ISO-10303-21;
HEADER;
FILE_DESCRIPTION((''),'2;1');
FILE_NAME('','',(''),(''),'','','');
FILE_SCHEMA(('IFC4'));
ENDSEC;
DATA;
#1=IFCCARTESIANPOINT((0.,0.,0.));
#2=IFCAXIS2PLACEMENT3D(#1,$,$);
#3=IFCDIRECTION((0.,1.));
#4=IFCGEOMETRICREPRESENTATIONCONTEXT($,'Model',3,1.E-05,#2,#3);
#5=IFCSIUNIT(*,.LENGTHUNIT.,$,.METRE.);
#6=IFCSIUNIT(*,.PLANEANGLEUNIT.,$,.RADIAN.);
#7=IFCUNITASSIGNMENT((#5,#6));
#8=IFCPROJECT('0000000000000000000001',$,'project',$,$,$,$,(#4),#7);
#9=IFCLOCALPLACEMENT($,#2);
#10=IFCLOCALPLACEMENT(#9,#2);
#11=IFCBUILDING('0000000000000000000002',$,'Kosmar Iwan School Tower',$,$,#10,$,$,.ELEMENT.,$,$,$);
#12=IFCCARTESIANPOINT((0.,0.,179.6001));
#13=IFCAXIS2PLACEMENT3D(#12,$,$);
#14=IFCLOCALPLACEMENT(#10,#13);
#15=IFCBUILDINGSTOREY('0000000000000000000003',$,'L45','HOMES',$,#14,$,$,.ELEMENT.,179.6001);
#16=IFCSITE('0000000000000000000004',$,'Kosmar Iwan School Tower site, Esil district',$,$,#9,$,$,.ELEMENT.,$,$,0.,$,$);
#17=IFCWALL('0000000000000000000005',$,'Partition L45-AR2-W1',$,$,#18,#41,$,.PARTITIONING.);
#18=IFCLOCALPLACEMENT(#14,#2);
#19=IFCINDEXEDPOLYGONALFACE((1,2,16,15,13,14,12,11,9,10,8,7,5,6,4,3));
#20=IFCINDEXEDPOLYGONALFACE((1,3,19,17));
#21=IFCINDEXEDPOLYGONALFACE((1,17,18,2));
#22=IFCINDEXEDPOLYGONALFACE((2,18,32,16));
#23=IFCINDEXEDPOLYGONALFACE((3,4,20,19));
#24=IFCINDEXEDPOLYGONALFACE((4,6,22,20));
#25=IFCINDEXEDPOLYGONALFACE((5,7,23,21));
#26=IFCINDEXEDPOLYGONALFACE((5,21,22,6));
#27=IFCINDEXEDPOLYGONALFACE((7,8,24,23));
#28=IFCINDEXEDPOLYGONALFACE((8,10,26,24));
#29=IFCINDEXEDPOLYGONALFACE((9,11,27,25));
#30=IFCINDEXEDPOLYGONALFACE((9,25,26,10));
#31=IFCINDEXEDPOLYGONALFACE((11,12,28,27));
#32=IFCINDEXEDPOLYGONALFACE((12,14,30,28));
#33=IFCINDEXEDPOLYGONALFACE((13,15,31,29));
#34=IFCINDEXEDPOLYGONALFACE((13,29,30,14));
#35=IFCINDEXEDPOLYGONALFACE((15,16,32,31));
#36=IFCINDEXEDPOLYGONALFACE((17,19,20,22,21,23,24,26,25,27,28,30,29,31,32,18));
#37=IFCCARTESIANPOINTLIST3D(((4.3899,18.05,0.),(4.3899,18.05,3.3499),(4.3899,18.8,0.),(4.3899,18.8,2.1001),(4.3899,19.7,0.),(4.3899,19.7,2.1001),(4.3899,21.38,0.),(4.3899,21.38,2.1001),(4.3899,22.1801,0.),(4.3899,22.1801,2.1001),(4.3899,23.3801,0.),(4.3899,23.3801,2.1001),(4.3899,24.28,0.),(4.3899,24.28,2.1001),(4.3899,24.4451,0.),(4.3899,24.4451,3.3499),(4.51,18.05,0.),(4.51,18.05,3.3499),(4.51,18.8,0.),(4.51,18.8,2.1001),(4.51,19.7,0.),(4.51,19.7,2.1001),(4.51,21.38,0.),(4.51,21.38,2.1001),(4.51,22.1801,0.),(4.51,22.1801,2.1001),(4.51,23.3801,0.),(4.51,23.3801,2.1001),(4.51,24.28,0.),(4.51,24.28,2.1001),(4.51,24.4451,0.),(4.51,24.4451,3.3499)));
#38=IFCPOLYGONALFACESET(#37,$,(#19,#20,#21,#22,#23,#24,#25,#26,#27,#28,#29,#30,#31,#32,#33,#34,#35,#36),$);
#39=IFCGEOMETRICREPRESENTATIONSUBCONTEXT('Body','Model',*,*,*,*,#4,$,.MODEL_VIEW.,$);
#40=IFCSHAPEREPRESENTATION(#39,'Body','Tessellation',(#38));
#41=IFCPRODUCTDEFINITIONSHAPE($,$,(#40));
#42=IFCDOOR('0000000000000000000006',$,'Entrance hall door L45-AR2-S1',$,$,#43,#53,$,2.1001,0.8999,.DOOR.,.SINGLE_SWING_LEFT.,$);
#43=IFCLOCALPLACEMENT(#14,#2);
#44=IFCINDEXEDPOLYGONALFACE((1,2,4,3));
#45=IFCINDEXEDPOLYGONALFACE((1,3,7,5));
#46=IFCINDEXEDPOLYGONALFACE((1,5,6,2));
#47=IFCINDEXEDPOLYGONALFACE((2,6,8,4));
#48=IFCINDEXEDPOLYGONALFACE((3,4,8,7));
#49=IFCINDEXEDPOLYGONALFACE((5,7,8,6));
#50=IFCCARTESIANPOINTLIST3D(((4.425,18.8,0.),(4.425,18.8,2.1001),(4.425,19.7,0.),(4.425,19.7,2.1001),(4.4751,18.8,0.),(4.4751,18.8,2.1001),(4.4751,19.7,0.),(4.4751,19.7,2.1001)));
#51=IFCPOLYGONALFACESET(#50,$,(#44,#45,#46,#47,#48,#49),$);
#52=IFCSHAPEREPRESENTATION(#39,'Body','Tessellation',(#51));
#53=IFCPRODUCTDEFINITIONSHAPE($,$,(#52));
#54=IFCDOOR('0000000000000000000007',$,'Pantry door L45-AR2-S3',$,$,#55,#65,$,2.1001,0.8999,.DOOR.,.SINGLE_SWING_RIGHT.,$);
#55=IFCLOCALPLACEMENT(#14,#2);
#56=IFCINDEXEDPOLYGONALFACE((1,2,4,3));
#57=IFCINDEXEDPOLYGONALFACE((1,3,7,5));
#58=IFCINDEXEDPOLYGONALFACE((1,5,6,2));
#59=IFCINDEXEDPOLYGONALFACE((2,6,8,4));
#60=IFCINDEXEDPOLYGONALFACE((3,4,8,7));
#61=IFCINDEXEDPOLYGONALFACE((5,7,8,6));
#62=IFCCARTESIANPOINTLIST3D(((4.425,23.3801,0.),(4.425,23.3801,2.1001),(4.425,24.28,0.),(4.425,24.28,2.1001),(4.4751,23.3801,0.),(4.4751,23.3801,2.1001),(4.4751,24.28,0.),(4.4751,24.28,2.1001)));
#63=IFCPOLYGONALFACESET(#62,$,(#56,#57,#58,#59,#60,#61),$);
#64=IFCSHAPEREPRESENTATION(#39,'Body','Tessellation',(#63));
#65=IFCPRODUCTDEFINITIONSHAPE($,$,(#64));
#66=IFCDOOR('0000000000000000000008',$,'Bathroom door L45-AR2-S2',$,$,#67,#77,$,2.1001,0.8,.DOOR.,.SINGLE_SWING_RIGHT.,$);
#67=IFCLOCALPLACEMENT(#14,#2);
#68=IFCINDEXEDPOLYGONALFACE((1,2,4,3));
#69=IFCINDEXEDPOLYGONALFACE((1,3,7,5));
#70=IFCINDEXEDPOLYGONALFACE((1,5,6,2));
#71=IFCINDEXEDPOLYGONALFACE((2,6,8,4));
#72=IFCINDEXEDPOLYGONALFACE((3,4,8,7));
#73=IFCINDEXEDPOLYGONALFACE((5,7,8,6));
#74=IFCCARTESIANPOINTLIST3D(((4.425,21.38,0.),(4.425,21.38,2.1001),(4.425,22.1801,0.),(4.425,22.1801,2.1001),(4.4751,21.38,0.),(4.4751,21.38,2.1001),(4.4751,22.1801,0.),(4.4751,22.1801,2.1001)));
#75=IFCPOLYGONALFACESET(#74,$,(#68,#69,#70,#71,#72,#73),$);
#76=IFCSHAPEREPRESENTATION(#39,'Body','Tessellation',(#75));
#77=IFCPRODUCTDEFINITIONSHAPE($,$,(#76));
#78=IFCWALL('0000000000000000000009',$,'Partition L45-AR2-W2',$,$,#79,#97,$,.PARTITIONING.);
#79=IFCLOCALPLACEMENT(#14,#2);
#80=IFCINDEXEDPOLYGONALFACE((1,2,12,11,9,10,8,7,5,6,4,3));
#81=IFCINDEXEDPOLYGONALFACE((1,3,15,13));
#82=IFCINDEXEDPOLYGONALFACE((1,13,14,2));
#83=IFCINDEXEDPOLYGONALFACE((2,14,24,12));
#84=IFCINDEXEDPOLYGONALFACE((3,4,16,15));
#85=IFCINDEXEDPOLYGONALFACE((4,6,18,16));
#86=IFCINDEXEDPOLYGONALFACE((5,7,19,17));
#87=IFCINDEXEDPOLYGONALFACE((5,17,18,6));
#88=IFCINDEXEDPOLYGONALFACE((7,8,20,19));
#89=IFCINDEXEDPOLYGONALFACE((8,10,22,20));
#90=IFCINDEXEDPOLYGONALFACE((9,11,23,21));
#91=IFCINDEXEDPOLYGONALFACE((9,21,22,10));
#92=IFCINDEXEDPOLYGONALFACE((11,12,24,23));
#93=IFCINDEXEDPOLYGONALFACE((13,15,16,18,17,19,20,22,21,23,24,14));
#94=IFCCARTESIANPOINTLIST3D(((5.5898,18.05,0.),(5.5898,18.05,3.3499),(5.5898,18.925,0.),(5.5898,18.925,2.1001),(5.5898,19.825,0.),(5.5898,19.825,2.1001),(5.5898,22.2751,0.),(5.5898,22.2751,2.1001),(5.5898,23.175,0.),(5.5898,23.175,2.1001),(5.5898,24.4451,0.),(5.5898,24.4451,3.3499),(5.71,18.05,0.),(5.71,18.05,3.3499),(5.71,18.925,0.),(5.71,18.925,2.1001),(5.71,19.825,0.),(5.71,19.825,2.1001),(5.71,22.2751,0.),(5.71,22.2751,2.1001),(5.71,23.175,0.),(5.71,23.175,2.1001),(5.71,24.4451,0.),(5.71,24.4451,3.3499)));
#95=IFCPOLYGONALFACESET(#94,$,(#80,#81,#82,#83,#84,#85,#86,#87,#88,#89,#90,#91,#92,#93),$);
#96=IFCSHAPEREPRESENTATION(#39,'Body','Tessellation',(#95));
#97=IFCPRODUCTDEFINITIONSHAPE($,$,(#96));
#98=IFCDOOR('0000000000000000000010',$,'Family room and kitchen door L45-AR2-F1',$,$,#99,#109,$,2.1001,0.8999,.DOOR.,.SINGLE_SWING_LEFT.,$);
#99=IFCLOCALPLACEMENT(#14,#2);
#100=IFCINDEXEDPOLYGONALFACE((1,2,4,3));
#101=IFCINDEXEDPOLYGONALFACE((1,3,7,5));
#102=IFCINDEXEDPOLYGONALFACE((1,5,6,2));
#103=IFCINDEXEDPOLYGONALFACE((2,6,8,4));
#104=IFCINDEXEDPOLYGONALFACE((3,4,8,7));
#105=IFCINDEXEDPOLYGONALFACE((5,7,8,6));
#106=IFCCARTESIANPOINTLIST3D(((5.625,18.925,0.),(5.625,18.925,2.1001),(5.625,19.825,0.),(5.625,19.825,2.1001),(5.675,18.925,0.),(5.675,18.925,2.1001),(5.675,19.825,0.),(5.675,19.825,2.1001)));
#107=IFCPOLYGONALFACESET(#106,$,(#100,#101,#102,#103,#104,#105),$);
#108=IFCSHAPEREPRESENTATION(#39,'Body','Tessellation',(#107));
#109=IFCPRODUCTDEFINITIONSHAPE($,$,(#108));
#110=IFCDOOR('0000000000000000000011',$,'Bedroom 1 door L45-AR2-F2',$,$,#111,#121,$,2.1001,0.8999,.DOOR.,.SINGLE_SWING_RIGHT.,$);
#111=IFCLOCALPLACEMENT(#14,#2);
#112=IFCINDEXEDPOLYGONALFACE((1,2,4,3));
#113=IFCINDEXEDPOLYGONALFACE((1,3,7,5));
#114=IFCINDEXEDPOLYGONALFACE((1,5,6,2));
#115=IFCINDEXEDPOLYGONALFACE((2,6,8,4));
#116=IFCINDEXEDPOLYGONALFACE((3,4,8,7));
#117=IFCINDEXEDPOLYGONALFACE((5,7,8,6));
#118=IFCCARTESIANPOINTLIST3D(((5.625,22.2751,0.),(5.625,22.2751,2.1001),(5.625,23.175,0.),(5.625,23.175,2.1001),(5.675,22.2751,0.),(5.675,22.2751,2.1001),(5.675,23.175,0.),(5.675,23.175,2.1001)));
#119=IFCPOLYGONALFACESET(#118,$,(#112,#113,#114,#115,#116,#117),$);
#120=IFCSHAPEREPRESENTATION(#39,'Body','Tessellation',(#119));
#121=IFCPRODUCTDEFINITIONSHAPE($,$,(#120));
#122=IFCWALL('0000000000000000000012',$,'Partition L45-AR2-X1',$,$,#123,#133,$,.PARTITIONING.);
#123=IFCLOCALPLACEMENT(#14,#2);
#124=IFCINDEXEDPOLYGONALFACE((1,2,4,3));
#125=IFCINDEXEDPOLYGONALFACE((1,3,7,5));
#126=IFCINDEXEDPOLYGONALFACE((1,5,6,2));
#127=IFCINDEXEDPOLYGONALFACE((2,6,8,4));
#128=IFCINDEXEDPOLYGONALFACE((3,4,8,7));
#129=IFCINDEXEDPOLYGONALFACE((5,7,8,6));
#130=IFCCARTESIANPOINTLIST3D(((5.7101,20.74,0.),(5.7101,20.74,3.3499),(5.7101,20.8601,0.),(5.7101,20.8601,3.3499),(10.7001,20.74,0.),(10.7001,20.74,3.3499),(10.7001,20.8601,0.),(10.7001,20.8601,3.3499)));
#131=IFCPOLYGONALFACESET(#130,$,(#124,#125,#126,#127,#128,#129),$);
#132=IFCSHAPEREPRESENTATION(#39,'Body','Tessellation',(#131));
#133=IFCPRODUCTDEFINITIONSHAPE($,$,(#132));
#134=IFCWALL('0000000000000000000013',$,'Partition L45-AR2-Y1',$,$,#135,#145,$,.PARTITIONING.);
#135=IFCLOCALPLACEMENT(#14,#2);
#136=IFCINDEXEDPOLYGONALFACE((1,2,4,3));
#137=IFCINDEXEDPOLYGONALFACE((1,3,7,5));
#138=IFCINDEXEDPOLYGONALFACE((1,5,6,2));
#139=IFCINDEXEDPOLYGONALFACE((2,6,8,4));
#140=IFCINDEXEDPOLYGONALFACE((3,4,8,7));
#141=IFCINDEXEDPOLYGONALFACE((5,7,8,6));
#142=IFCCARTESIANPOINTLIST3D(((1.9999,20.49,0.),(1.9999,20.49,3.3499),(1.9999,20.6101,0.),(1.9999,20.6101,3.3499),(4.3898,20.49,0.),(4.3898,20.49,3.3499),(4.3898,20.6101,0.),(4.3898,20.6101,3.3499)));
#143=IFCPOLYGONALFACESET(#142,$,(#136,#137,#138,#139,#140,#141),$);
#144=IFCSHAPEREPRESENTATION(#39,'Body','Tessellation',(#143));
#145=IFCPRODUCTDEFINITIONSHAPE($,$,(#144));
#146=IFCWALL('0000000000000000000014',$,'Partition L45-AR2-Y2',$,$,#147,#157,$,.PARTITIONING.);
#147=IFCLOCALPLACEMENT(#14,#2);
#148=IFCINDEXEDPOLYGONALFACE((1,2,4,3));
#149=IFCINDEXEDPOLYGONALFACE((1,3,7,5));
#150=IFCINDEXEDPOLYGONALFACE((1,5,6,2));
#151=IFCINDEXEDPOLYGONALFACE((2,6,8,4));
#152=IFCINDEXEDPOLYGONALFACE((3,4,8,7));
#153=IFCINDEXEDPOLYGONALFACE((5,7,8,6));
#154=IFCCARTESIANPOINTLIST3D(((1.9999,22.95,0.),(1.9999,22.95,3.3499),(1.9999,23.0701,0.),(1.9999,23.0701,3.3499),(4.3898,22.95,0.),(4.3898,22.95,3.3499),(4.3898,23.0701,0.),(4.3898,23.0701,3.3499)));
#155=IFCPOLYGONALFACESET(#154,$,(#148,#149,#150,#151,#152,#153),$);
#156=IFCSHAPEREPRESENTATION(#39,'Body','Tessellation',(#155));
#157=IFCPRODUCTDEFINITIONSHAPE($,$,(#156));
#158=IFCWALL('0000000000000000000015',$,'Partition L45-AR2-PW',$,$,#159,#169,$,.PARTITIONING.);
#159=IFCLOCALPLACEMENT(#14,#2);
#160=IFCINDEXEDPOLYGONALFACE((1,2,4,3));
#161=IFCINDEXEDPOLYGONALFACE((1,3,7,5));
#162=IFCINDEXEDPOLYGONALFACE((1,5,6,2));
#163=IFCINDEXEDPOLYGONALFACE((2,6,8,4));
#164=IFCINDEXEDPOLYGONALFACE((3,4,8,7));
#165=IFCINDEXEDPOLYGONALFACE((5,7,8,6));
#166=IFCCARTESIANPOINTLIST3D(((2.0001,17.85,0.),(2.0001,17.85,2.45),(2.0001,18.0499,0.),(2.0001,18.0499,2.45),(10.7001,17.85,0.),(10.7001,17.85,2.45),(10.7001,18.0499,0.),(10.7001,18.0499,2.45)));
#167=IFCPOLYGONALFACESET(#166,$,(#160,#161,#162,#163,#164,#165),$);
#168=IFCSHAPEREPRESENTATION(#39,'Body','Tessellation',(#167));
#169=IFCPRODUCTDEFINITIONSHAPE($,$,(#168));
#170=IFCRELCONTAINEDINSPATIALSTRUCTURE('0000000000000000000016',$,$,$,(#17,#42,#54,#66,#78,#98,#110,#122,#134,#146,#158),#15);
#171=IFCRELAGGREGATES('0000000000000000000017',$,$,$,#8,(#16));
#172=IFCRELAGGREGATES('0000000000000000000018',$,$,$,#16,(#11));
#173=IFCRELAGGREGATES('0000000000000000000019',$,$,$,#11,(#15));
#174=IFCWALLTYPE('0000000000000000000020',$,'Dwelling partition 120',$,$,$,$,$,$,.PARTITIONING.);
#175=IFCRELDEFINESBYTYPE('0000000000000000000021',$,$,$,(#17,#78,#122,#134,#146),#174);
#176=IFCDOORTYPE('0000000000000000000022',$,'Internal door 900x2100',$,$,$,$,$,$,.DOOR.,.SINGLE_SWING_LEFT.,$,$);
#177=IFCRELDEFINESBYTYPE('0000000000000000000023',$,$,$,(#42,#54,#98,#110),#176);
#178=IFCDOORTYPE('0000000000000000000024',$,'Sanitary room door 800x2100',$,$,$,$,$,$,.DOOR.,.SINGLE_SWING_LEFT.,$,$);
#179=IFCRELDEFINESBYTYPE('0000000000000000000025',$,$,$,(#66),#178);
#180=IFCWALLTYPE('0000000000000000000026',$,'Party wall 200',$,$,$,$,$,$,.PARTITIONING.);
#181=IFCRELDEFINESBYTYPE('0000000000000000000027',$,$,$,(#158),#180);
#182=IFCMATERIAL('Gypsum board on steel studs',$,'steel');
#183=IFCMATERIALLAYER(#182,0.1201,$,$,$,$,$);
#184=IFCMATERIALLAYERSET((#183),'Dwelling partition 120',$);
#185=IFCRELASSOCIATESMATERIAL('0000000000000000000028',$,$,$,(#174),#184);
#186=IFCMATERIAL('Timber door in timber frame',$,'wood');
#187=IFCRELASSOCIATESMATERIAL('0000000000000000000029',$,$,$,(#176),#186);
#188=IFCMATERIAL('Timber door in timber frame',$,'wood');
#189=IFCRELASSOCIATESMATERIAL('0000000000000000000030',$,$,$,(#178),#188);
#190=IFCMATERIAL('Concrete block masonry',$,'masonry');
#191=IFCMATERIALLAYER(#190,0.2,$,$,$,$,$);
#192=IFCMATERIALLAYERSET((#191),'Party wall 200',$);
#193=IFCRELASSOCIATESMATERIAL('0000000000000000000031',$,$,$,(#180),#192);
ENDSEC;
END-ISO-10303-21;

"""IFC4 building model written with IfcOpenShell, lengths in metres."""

from ifc_helpers import new_model, si_unit, direction, frame, frame_2d, origin, place, context, subcontext, project, spatial, rectangle, extrude, material, layer, layer_set, type_object, element, fill, save


model = new_model("IFC4")

# Units and contexts
model_context = context("Model", 3, precision=1e-05, world=origin(), true_north=direction((0.0, 1.0)))
body_context = subcontext(model_context, "Body", "Model", "MODEL_VIEW")
ifc_project = project(units=[si_unit("LENGTHUNIT", "METRE"), si_unit("PLANEANGLEUNIT", "RADIAN")], contexts=[model_context])

# Site, building, storey
site_placement = place(None, origin())
site = spatial("IfcSite", under=ifc_project, at=site_placement, Name="Kosmar Iwan School Tower site, Esil district", CompositionType="ELEMENT", RefElevation=0.0)
building_placement = place(site_placement, origin())
building = spatial("IfcBuilding", under=site, at=building_placement, Name="Kosmar Iwan School Tower", CompositionType="ELEMENT")
storey_placement = place(building_placement, frame((0.0, 0.0, 179.6001)))
storey = spatial("IfcBuildingStorey", under=building, at=storey_placement, Name="L45", Description="HOMES", CompositionType="ELEMENT", Elevation=179.6001)

# Shared definitions
ifc_material_1 = material(Name="Gypsum board on steel studs", Category="steel")
ifc_layer_1 = layer(ifc_material_1, 0.1201)
ifc_layer_set_1 = layer_set([ifc_layer_1], Name="Dwelling partition 120")
wall_type_1 = type_object("IfcWallType", Name="Dwelling partition 120", PredefinedType="PARTITIONING", material=ifc_layer_set_1)

# Walls, openings, doors
wall_1_placement = place(storey_placement, frame((4.45, 18.05, 0.0), z_axis=(0.0, 0.0, 1.0), x_axis=(0.0, 1.0, 0.0)))
wall_1 = element("IfcWall", 1, at=wall_1_placement, inside=storey, type_object=wall_type_1, Name="Partition L45-AR2-W1", PredefinedType="PARTITIONING", context=body_context, shape_type="SweptSolid", body=[
    extrude(rectangle(XDim=6.395, YDim=0.1201, at=frame_2d((3.1975, 0.0))), origin(), (0.0, 0.0, 1.0), 3.3499),
])
opening_1_placement = place(wall_1_placement, frame((0.75, 0.0, 0.0)))
opening_1 = element("IfcOpeningElement", 2, at=opening_1_placement, cuts=wall_1, PredefinedType="OPENING", context=body_context, shape_type="SweptSolid", body=[
    extrude(rectangle(XDim=0.8999, YDim=2.1001, at=frame_2d((0.45, 1.05))), frame((0.0, 0.072, 0.0), z_axis=(0.0, -1.0, 0.0), x_axis=(1.0, 0.0, 0.0)), (0.0, 0.0, 1.0), 0.144),
])
opening_2_placement = place(wall_1_placement, frame((3.3301, 0.0, 0.0)))
opening_2 = element("IfcOpeningElement", 3, at=opening_2_placement, cuts=wall_1, PredefinedType="OPENING", context=body_context, shape_type="SweptSolid", body=[
    extrude(rectangle(XDim=0.8, YDim=2.1001, at=frame_2d((0.3999, 1.05))), frame((0.0, 0.072, 0.0), z_axis=(0.0, -1.0, 0.0), x_axis=(1.0, 0.0, 0.0)), (0.0, 0.0, 1.0), 0.144),
])
opening_3_placement = place(wall_1_placement, frame((5.3301, 0.0, 0.0)))
opening_3 = element("IfcOpeningElement", 4, at=opening_3_placement, cuts=wall_1, PredefinedType="OPENING", context=body_context, shape_type="SweptSolid", body=[
    extrude(rectangle(XDim=0.8999, YDim=2.1001, at=frame_2d((0.45, 1.05))), frame((0.0, 0.072, 0.0), z_axis=(0.0, -1.0, 0.0), x_axis=(1.0, 0.0, 0.0)), (0.0, 0.0, 1.0), 0.144),
])
ifc_material_2 = material(Name="Timber door in timber frame", Category="wood")
door_type_1 = type_object("IfcDoorType", Name="Internal door 900x2100", OperationType="SINGLE_SWING_LEFT", PredefinedType="DOOR", material=ifc_material_2)
door_1_placement = place(opening_1_placement, origin())
door_1 = element("IfcDoor", 5, at=door_1_placement, inside=storey, type_object=door_type_1, Name="Entrance hall door L45-AR2-S1", OperationType="SINGLE_SWING_LEFT", OverallHeight=2.1001, OverallWidth=0.8999, PredefinedType="DOOR", context=body_context, shape_type="SweptSolid", body=[
    extrude(rectangle(XDim=0.8999, YDim=2.1001, at=frame_2d((0.45, 1.05))), frame((0.0, 0.0249, 0.0), z_axis=(0.0, -1.0, 0.0), x_axis=(1.0, 0.0, 0.0)), (0.0, 0.0, 1.0), 0.05),
])
fill(opening_1, door_1)
door_2_placement = place(opening_3_placement, origin())
door_2 = element("IfcDoor", 6, at=door_2_placement, inside=storey, type_object=door_type_1, Name="Pantry door L45-AR2-S3", OperationType="SINGLE_SWING_RIGHT", OverallHeight=2.1001, OverallWidth=0.8999, PredefinedType="DOOR", context=body_context, shape_type="SweptSolid", body=[
    extrude(rectangle(XDim=0.8999, YDim=2.1001, at=frame_2d((0.45, 1.05))), frame((0.0, 0.0249, 0.0), z_axis=(0.0, -1.0, 0.0), x_axis=(1.0, 0.0, 0.0)), (0.0, 0.0, 1.0), 0.05),
])
fill(opening_3, door_2)
ifc_material_3 = material(Name="Timber door in timber frame", Category="wood")
door_type_2 = type_object("IfcDoorType", Name="Sanitary room door 800x2100", OperationType="SINGLE_SWING_LEFT", PredefinedType="DOOR", material=ifc_material_3)
door_3_placement = place(opening_2_placement, origin())
door_3 = element("IfcDoor", 7, at=door_3_placement, inside=storey, type_object=door_type_2, Name="Bathroom door L45-AR2-S2", OperationType="SINGLE_SWING_RIGHT", OverallHeight=2.1001, OverallWidth=0.8, PredefinedType="DOOR", context=body_context, shape_type="SweptSolid", body=[
    extrude(rectangle(XDim=0.8, YDim=2.1001, at=frame_2d((0.3999, 1.05))), frame((0.0, 0.0249, 0.0), z_axis=(0.0, -1.0, 0.0), x_axis=(1.0, 0.0, 0.0)), (0.0, 0.0, 1.0), 0.05),
])
fill(opening_2, door_3)
wall_2_placement = place(storey_placement, frame((5.6499, 18.05, 0.0), z_axis=(0.0, 0.0, 1.0), x_axis=(0.0, 1.0, 0.0)))
wall_2 = element("IfcWall", 8, at=wall_2_placement, inside=storey, type_object=wall_type_1, Name="Partition L45-AR2-W2", PredefinedType="PARTITIONING", context=body_context, shape_type="SweptSolid", body=[
    extrude(rectangle(XDim=6.395, YDim=0.1201, at=frame_2d((3.1975, 0.0))), origin(), (0.0, 0.0, 1.0), 3.3499),
])
opening_4_placement = place(wall_2_placement, frame((0.875, 0.0, 0.0)))
opening_4 = element("IfcOpeningElement", 9, at=opening_4_placement, cuts=wall_2, PredefinedType="OPENING", context=body_context, shape_type="SweptSolid", body=[
    extrude(rectangle(XDim=0.8999, YDim=2.1001, at=frame_2d((0.45, 1.05))), frame((0.0, 0.072, 0.0), z_axis=(0.0, -1.0, 0.0), x_axis=(1.0, 0.0, 0.0)), (0.0, 0.0, 1.0), 0.144),
])
opening_5_placement = place(wall_2_placement, frame((4.2251, 0.0, 0.0)))
opening_5 = element("IfcOpeningElement", 10, at=opening_5_placement, cuts=wall_2, PredefinedType="OPENING", context=body_context, shape_type="SweptSolid", body=[
    extrude(rectangle(XDim=0.8999, YDim=2.1001, at=frame_2d((0.45, 1.05))), frame((0.0, 0.072, 0.0), z_axis=(0.0, -1.0, 0.0), x_axis=(1.0, 0.0, 0.0)), (0.0, 0.0, 1.0), 0.144),
])
door_4_placement = place(opening_4_placement, origin())
door_4 = element("IfcDoor", 11, at=door_4_placement, inside=storey, type_object=door_type_1, Name="Family room and kitchen door L45-AR2-F1", OperationType="SINGLE_SWING_LEFT", OverallHeight=2.1001, OverallWidth=0.8999, PredefinedType="DOOR", context=body_context, shape_type="SweptSolid", body=[
    extrude(rectangle(XDim=0.8999, YDim=2.1001, at=frame_2d((0.45, 1.05))), frame((0.0, 0.0249, 0.0), z_axis=(0.0, -1.0, 0.0), x_axis=(1.0, 0.0, 0.0)), (0.0, 0.0, 1.0), 0.05),
])
fill(opening_4, door_4)
door_5_placement = place(opening_5_placement, origin())
door_5 = element("IfcDoor", 12, at=door_5_placement, inside=storey, type_object=door_type_1, Name="Bedroom 1 door L45-AR2-F2", OperationType="SINGLE_SWING_RIGHT", OverallHeight=2.1001, OverallWidth=0.8999, PredefinedType="DOOR", context=body_context, shape_type="SweptSolid", body=[
    extrude(rectangle(XDim=0.8999, YDim=2.1001, at=frame_2d((0.45, 1.05))), frame((0.0, 0.0249, 0.0), z_axis=(0.0, -1.0, 0.0), x_axis=(1.0, 0.0, 0.0)), (0.0, 0.0, 1.0), 0.05),
])
fill(opening_5, door_5)

# Walls
wall_3_placement = place(storey_placement, frame((5.71, 20.8, 0.0), z_axis=(0.0, 0.0, 1.0), x_axis=(1.0, 0.0, 0.0)))
element("IfcWall", 13, at=wall_3_placement, inside=storey, type_object=wall_type_1, Name="Partition L45-AR2-X1", PredefinedType="PARTITIONING", context=body_context, shape_type="SweptSolid", body=[
    extrude(rectangle(XDim=4.99, YDim=0.1201, at=frame_2d((2.4951, 0.0))), origin(), (0.0, 0.0, 1.0), 3.3499),
])
for number, where, z_axis, x_axis, name in (
    (14, (2.0, 20.55, 0.0), (0.0, 0.0, 1.0), (1.0, 0.0, 0.0), "Partition L45-AR2-Y1"),
    (15, (2.0, 23.01, 0.0), (0.0, 0.0, 1.0), (1.0, 0.0, 0.0), "Partition L45-AR2-Y2"),
):
    element("IfcWall", number, at=place(storey_placement, frame(where, z_axis=z_axis, x_axis=x_axis)), inside=storey, type_object=wall_type_1, Name=name, PredefinedType="PARTITIONING", context=body_context, shape_type="SweptSolid", body=[
        extrude(rectangle(XDim=2.3899, YDim=0.1201, at=frame_2d((1.1948, 0.0))), origin(), (0.0, 0.0, 1.0), 3.3499),
    ])
ifc_material_4 = material(Name="Concrete block masonry", Category="masonry")
ifc_layer_2 = layer(ifc_material_4, 0.2)
ifc_layer_set_2 = layer_set([ifc_layer_2], Name="Party wall 200")
wall_type_2 = type_object("IfcWallType", Name="Party wall 200", PredefinedType="PARTITIONING", material=ifc_layer_set_2)
wall_4_placement = place(storey_placement, frame((2.0, 17.95, 0.0), z_axis=(0.0, 0.0, 1.0), x_axis=(1.0, 0.0, 0.0)))
element("IfcWall", 16, at=wall_4_placement, inside=storey, type_object=wall_type_2, Name="Partition L45-AR2-PW", PredefinedType="PARTITIONING", context=body_context, shape_type="SweptSolid", body=[
    extrude(rectangle(XDim=8.7, YDim=0.2, at=frame_2d((4.3501, 0.0))), origin(), (0.0, 0.0, 1.0), 2.45),
])

save(model, "model.ifc")
